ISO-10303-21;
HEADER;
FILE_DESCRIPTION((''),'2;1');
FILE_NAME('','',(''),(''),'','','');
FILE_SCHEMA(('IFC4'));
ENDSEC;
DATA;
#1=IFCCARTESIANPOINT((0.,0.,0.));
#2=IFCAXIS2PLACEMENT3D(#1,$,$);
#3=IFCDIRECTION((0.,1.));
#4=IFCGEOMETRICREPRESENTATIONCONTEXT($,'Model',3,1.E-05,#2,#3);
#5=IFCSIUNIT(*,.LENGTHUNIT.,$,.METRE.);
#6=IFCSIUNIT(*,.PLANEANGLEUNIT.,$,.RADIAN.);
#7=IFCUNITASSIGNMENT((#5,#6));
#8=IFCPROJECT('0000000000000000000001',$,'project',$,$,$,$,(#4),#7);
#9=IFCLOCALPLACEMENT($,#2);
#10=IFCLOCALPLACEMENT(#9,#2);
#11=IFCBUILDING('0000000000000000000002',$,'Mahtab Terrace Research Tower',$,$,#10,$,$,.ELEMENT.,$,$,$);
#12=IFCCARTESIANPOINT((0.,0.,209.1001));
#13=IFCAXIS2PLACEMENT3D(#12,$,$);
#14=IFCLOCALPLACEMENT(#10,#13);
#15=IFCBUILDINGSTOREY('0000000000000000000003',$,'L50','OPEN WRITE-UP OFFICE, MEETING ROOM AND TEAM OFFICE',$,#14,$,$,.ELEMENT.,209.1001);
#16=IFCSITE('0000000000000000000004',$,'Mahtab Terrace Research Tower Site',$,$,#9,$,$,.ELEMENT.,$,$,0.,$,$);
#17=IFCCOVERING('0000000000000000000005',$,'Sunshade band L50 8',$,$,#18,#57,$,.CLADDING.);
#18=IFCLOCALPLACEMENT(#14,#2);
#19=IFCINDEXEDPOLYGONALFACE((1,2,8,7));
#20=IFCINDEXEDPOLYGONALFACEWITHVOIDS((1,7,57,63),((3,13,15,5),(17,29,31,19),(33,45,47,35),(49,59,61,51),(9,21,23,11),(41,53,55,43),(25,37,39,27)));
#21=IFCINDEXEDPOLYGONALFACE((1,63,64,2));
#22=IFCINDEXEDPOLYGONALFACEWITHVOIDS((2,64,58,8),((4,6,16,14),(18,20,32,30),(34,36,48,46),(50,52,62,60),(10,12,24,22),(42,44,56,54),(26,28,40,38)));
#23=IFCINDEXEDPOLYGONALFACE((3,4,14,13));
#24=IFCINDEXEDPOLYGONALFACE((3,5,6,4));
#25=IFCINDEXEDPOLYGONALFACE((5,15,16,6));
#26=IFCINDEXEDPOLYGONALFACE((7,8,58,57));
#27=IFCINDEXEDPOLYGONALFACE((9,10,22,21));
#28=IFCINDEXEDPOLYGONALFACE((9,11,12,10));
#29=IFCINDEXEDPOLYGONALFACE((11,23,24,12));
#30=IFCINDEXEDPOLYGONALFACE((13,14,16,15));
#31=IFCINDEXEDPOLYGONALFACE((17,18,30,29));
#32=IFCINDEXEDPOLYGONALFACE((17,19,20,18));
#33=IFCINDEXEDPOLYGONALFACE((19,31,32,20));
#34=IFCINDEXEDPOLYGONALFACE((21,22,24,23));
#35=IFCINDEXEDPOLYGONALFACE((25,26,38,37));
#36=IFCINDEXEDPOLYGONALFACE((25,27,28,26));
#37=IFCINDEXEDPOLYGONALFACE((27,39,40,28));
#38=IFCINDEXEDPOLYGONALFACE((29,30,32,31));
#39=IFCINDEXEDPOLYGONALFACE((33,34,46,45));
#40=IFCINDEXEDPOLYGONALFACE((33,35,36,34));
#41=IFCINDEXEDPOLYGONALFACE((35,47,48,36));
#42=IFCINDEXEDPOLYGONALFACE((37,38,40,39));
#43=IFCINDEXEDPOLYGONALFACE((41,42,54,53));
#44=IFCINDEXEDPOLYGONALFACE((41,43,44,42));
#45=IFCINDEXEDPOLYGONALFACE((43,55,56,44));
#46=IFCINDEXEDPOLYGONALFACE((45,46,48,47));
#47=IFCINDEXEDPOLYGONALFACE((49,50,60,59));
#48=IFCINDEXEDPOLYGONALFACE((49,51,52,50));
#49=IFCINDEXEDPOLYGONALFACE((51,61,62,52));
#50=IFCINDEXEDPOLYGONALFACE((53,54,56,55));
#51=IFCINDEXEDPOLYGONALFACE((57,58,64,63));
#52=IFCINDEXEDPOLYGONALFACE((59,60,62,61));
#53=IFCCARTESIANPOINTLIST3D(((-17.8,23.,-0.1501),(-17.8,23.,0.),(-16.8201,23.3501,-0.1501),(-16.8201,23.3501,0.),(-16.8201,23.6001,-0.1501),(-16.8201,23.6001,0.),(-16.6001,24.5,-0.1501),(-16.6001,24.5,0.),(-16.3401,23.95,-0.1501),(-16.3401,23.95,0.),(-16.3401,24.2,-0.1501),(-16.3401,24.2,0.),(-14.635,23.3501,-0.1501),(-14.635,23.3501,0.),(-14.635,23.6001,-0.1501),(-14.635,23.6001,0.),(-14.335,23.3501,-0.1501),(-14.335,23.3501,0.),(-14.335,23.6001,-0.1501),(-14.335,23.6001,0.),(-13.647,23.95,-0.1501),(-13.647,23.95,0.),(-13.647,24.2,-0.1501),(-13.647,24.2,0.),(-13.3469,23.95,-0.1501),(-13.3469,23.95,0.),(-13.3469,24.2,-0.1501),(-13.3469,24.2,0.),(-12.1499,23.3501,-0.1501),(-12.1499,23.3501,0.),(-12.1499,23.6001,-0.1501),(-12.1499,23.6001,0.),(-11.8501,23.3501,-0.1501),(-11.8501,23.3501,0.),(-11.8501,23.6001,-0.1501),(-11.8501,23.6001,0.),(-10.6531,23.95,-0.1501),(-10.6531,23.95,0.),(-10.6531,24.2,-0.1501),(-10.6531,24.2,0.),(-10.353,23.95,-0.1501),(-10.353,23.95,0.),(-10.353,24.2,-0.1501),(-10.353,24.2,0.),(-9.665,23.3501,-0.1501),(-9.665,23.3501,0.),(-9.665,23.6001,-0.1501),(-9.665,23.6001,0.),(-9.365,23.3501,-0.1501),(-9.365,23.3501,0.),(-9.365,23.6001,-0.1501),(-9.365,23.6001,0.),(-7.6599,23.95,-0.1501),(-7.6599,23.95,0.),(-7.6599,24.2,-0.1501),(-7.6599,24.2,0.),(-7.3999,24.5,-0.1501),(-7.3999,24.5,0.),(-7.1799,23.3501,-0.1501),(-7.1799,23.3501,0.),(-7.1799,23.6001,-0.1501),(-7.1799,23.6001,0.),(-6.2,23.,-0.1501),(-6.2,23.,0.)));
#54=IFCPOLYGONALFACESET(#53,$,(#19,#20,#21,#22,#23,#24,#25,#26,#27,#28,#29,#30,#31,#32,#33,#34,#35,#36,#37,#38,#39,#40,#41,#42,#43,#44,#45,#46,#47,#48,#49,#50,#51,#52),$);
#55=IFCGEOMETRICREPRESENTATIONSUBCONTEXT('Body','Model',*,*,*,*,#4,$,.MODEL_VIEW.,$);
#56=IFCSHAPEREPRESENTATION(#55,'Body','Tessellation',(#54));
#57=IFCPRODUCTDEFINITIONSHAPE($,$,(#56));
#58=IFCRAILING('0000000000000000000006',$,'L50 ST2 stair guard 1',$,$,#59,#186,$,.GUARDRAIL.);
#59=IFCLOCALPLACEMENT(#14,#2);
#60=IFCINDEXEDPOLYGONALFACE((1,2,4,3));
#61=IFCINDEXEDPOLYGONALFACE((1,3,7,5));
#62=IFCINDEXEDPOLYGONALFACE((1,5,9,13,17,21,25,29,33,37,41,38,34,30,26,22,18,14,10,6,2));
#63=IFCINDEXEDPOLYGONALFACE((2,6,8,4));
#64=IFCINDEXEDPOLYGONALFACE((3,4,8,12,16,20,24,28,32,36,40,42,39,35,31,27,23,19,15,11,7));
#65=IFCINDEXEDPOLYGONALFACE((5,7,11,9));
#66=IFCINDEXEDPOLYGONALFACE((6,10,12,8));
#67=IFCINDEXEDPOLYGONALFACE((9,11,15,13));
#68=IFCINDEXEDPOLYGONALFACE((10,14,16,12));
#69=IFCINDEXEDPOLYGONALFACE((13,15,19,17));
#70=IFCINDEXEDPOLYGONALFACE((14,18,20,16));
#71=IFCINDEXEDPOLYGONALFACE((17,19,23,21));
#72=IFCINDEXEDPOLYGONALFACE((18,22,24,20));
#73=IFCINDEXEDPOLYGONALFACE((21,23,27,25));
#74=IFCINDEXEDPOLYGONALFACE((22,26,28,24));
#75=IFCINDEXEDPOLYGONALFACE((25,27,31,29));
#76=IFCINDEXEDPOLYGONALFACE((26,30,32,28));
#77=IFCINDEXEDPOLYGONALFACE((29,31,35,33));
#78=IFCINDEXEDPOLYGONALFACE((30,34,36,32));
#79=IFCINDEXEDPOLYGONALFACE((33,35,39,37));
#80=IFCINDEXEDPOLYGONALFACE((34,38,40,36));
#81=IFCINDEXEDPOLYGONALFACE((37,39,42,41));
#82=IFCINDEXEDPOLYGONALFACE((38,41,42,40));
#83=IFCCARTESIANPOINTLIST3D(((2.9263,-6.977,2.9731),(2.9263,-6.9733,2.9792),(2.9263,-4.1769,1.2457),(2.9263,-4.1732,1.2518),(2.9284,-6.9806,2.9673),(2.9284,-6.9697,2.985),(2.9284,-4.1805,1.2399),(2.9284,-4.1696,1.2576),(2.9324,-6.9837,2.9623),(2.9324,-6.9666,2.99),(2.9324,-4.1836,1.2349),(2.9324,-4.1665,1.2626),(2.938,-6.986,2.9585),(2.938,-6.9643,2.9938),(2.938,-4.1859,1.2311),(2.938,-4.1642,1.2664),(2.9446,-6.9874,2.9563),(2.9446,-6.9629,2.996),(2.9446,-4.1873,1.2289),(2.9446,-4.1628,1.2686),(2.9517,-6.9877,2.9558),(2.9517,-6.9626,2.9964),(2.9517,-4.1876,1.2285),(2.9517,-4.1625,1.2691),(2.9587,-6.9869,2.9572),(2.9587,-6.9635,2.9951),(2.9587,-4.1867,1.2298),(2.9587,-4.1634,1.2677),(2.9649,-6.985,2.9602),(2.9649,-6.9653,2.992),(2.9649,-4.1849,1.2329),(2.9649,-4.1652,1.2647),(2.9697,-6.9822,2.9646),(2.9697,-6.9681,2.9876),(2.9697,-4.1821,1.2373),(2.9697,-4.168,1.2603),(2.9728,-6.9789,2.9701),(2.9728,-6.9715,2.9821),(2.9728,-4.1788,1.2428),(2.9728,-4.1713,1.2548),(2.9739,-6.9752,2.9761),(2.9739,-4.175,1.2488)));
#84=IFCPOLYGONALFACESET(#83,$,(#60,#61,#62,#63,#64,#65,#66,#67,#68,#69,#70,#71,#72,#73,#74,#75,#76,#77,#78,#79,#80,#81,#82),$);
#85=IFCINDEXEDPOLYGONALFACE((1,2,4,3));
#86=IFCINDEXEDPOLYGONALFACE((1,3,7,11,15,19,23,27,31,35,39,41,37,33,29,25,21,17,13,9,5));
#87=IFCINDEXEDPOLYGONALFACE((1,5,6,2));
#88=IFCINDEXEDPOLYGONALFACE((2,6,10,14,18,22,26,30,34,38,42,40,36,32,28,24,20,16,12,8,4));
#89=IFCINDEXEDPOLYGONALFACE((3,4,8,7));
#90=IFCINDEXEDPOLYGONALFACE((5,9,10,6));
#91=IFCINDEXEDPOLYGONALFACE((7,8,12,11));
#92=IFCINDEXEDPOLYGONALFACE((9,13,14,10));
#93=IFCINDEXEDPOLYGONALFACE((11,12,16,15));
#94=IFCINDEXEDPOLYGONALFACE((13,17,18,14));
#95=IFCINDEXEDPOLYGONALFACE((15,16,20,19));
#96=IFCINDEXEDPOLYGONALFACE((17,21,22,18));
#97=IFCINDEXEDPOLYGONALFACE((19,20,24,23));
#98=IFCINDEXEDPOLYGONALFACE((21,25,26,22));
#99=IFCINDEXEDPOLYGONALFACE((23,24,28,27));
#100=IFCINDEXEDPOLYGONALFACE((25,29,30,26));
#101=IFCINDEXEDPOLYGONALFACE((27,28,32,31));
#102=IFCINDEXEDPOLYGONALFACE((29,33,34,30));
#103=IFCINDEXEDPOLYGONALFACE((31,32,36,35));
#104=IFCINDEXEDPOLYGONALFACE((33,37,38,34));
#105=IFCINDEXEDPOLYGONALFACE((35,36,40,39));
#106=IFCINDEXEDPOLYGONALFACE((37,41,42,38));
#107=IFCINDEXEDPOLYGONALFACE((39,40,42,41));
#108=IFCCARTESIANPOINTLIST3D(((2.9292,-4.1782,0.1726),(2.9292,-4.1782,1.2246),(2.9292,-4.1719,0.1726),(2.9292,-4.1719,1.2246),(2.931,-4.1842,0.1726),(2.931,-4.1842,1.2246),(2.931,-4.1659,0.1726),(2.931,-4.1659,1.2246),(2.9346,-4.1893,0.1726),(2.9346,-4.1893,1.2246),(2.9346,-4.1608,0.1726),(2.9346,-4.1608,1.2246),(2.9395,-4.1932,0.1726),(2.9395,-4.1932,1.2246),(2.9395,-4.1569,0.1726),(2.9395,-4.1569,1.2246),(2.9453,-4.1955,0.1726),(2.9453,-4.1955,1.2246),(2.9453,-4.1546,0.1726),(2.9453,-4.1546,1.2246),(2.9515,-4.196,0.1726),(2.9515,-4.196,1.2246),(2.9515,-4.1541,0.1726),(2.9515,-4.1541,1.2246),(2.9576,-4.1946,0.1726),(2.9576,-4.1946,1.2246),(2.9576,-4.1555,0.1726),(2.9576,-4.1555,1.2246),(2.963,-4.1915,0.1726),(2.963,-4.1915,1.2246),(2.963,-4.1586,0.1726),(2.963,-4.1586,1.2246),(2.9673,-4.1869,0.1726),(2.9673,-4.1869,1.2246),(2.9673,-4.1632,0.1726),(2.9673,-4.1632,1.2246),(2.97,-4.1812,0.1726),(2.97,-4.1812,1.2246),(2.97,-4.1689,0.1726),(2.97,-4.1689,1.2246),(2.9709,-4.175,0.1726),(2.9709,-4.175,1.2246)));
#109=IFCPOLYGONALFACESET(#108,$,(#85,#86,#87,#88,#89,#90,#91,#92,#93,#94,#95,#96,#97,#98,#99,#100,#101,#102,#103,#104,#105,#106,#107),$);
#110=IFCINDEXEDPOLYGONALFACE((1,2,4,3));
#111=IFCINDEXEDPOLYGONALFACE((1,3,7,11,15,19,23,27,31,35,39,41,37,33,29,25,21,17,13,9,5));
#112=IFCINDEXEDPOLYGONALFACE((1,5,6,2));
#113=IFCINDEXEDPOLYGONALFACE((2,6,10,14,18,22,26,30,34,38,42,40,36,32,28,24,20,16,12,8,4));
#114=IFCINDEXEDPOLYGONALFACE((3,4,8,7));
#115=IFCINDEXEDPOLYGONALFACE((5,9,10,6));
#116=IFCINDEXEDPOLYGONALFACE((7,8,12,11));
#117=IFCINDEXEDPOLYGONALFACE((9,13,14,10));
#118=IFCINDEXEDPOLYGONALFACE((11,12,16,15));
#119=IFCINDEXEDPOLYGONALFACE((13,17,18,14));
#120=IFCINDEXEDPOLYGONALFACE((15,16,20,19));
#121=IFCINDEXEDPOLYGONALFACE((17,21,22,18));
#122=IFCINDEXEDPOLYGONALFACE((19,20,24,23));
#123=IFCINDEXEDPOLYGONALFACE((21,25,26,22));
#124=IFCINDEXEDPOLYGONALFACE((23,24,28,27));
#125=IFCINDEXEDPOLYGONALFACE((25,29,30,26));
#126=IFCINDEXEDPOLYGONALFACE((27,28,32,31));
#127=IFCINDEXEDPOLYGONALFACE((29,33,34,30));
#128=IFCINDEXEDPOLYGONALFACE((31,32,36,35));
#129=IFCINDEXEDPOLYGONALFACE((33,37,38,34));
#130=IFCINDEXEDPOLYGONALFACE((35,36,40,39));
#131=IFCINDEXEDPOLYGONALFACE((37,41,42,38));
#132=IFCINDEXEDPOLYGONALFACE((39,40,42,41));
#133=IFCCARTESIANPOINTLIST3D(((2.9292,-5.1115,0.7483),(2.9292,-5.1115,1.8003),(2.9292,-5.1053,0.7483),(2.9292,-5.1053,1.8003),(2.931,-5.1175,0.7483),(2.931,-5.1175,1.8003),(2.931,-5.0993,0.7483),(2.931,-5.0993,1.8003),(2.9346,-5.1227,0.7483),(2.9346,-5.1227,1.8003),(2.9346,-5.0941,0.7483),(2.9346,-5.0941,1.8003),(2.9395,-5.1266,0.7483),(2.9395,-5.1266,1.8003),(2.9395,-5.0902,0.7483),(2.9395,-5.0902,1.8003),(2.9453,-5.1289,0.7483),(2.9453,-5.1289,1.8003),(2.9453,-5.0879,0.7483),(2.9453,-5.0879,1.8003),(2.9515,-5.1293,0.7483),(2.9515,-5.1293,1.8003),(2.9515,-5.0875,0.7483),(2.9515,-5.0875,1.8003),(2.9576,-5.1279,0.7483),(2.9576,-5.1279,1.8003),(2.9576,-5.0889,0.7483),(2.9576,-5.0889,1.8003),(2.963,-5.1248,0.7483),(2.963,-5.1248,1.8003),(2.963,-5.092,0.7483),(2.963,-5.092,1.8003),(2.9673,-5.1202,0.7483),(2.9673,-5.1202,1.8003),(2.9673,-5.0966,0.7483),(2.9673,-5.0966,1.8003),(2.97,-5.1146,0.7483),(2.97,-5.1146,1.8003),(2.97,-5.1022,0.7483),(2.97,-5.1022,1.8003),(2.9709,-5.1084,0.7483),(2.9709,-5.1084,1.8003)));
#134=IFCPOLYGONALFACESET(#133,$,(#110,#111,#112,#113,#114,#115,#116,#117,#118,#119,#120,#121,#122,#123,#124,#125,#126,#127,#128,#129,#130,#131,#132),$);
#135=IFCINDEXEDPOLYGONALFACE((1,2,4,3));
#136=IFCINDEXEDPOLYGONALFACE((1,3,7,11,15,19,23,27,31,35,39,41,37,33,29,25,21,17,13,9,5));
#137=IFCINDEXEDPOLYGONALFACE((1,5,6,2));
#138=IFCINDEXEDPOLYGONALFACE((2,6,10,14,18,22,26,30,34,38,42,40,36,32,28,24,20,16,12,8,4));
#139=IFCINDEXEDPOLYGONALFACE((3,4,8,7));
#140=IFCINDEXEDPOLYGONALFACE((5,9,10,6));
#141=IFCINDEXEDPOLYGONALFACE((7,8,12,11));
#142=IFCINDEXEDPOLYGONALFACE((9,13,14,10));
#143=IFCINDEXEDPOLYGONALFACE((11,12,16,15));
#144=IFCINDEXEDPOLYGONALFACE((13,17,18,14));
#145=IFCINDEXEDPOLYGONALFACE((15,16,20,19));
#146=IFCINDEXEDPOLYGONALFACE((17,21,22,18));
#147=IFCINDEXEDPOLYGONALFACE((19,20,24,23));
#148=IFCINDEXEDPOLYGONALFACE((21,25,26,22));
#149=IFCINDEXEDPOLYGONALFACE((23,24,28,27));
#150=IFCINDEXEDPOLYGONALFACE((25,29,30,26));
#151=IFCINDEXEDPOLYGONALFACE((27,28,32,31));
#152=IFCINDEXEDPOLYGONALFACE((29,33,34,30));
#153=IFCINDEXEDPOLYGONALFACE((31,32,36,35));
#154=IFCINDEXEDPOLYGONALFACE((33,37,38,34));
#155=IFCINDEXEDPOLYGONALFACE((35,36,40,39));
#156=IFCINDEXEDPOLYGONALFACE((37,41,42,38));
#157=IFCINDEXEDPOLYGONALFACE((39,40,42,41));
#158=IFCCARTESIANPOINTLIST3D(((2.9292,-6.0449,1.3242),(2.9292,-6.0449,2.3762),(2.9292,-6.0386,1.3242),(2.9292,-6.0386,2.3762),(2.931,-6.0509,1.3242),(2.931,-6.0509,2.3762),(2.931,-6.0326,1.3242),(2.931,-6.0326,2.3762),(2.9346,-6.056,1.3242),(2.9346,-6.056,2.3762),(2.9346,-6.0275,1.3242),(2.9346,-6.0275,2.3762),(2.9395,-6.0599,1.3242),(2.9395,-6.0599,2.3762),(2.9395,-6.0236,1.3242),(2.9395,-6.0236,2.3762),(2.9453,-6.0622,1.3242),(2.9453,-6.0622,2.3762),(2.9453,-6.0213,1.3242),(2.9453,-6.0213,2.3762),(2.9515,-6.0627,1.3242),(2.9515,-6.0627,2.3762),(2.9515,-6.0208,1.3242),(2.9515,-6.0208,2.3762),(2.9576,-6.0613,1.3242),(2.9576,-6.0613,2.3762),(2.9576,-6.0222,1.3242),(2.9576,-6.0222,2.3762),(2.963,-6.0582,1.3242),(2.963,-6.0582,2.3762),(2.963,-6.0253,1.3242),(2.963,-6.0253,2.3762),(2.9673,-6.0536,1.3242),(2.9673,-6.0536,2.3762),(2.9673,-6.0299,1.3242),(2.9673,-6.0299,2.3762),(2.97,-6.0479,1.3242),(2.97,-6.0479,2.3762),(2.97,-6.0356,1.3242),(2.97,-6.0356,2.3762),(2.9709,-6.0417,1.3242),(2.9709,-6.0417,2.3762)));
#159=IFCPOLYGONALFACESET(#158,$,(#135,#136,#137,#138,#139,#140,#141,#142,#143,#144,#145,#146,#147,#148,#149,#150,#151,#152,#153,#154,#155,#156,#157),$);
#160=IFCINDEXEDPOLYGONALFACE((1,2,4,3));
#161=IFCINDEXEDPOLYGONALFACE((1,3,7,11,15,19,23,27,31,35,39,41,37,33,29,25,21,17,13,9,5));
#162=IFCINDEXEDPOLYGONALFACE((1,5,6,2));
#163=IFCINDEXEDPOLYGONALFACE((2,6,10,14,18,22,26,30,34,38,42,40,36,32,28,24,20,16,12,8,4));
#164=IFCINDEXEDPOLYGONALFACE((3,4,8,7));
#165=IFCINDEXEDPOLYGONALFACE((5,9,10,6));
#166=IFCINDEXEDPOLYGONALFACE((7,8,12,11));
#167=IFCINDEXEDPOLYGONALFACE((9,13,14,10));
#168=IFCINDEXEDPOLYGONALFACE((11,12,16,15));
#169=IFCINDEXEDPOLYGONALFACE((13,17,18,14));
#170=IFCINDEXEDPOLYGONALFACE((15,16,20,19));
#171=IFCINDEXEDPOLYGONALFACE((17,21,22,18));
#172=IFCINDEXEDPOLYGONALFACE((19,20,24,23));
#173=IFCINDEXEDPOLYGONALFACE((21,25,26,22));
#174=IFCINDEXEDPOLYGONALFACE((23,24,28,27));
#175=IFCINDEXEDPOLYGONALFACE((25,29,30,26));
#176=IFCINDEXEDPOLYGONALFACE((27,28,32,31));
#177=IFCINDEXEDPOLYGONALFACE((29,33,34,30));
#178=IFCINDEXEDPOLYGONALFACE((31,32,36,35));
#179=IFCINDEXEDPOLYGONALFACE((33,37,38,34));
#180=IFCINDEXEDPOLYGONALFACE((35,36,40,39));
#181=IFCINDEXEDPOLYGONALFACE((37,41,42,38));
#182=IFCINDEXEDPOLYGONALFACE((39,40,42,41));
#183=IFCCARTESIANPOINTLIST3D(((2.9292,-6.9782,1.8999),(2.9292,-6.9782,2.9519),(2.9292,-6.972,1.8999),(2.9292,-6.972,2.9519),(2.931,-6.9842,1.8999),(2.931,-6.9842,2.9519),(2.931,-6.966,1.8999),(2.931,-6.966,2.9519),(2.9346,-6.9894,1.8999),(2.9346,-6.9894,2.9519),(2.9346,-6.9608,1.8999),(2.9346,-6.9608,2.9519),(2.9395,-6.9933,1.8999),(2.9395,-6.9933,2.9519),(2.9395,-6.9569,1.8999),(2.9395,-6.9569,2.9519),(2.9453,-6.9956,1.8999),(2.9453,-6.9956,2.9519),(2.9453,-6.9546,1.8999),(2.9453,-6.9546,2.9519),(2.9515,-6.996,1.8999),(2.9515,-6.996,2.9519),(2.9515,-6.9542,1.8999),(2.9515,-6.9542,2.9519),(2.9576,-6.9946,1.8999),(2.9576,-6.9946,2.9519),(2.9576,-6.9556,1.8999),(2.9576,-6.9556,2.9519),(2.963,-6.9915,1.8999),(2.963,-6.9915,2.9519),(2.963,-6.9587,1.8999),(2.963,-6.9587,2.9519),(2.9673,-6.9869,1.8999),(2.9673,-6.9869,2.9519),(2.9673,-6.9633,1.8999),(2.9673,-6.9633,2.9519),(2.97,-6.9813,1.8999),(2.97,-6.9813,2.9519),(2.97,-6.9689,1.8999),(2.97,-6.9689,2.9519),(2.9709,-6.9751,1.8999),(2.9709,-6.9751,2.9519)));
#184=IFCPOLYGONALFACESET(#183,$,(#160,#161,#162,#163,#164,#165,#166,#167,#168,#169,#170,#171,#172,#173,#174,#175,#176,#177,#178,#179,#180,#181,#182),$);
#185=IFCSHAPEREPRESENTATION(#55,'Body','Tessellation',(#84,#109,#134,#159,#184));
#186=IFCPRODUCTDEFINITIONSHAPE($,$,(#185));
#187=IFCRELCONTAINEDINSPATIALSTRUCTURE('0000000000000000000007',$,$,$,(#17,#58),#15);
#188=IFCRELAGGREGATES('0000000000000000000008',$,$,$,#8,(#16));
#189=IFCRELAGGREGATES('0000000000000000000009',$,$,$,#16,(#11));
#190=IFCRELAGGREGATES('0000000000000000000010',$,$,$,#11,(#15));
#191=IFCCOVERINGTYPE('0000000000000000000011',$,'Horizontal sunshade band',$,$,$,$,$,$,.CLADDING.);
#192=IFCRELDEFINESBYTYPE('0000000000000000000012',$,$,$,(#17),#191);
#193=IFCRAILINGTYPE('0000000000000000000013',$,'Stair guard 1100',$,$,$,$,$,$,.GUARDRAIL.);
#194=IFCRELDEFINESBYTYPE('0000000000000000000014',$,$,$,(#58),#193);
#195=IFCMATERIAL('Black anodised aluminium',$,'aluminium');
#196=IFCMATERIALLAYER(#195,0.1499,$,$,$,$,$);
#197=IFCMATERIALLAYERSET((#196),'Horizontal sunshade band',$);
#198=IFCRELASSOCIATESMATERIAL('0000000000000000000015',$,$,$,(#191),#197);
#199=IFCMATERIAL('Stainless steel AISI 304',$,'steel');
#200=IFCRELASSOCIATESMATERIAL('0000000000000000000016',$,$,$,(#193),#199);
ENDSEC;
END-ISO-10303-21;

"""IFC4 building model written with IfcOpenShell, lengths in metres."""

from ifc_helpers import new_model, si_unit, direction, frame, origin, origin_2d, place, context, subcontext, project, spatial, polyline, circle, outline, extrude, material, layer, layer_set, type_object, element, save


model = new_model("IFC4")

# Units and contexts
model_context = context("Model", 3, precision=1e-05, world=origin(), true_north=direction((0.0, 1.0)))
body_context = subcontext(model_context, "Body", "Model", "MODEL_VIEW")
ifc_project = project(units=[si_unit("LENGTHUNIT", "METRE"), si_unit("PLANEANGLEUNIT", "RADIAN")], contexts=[model_context])

# Site, building, storey
site_placement = place(None, origin())
site = spatial("IfcSite", under=ifc_project, at=site_placement, Name="Mahtab Terrace Research Tower Site", CompositionType="ELEMENT", RefElevation=0.0)
building_placement = place(site_placement, origin())
building = spatial("IfcBuilding", under=site, at=building_placement, Name="Mahtab Terrace Research Tower", CompositionType="ELEMENT")
storey_placement = place(building_placement, frame((0.0, 0.0, 209.1001)))
storey = spatial("IfcBuildingStorey", under=building, at=storey_placement, Name="L50", Description="OPEN WRITE-UP OFFICE, MEETING ROOM AND TEAM OFFICE", CompositionType="ELEMENT", Elevation=209.1001)

# Covering
ifc_material_1 = material(Name="Black anodised aluminium", Category="aluminium")
ifc_layer_1 = layer(ifc_material_1, 0.1499)
ifc_layer_set_1 = layer_set([ifc_layer_1], Name="Horizontal sunshade band")
covering_type = type_object("IfcCoveringType", Name="Horizontal sunshade band", PredefinedType="CLADDING", material=ifc_layer_set_1)
covering_1_placement = place(storey_placement, frame((0.0, 0.0, -0.1501)))
element("IfcCovering", 1, at=covering_1_placement, inside=storey, type_object=covering_type, Name="Sunshade band L50 8", PredefinedType="CLADDING", context=body_context, shape_type="SweptSolid", body=[
    extrude(outline(polyline([(-6.2, 23.0), (-17.8, 23.0), (-16.6001, 24.5), (-7.3999, 24.5), (-6.2, 23.0)]), holes=[polyline([(-7.1799, 23.3501), (-9.365, 23.3501), (-9.365, 23.6001), (-7.1799, 23.6001), (-7.1799, 23.3501)]), polyline([(-9.665, 23.3501), (-11.8501, 23.3501), (-11.8501, 23.6001), (-9.665, 23.6001), (-9.665, 23.3501)]), polyline([(-12.1499, 23.3501), (-14.335, 23.3501), (-14.335, 23.6001), (-12.1499, 23.6001), (-12.1499, 23.3501)]), polyline([(-14.635, 23.3501), (-16.8201, 23.3501), (-16.8201, 23.6001), (-14.635, 23.6001), (-14.635, 23.3501)]), polyline([(-7.6599, 23.95), (-10.353, 23.95), (-10.353, 24.2), (-7.6599, 24.2), (-7.6599, 23.95)]), polyline([(-10.6531, 23.95), (-13.3469, 23.95), (-13.3469, 24.2), (-10.6531, 24.2), (-10.6531, 23.95)]), polyline([(-13.647, 23.95), (-16.3401, 23.95), (-16.3401, 24.2), (-13.647, 24.2), (-13.647, 23.95)])]), origin(), (0.0, 0.0, 1.0), 0.1501),
])

# Railing
ifc_material_2 = material(Name="Stainless steel AISI 304", Category="steel")
railing_type_1 = type_object("IfcRailingType", Name="Stair guard 1100", PredefinedType="GUARDRAIL", material=ifc_material_2)
railing_1_placement = place(storey_placement, frame((2.95, -4.175, 0.1726)))
element("IfcRailing", 2, at=railing_1_placement, inside=storey, type_object=railing_type_1, Name="L50 ST2 stair guard 1", PredefinedType="GUARDRAIL", context=body_context, shape_type="SweptSolid", body=[
    extrude(circle(Radius=0.0239, at=origin_2d()), frame((0.0, 0.0, 1.0762), z_axis=(0.0, -0.85109, 0.52502), x_axis=(1.0, 0.0, 0.0)), (0.0, 0.0, 1.0), 3.29),
    extrude(circle(Radius=0.021, at=origin_2d()), origin(), (0.0, 0.0, 1.0), 1.052),
    extrude(circle(Radius=0.021, at=origin_2d()), frame((0.0, -0.9333, 0.5757)), (0.0, 0.0, 1.0), 1.052),
    extrude(circle(Radius=0.021, at=origin_2d()), frame((0.0, -1.8667, 1.1516)), (0.0, 0.0, 1.0), 1.052),
    extrude(circle(Radius=0.021, at=origin_2d()), frame((0.0, -2.8, 1.7273)), (0.0, 0.0, 1.0), 1.052),
])

save(model, "model.ifc")
